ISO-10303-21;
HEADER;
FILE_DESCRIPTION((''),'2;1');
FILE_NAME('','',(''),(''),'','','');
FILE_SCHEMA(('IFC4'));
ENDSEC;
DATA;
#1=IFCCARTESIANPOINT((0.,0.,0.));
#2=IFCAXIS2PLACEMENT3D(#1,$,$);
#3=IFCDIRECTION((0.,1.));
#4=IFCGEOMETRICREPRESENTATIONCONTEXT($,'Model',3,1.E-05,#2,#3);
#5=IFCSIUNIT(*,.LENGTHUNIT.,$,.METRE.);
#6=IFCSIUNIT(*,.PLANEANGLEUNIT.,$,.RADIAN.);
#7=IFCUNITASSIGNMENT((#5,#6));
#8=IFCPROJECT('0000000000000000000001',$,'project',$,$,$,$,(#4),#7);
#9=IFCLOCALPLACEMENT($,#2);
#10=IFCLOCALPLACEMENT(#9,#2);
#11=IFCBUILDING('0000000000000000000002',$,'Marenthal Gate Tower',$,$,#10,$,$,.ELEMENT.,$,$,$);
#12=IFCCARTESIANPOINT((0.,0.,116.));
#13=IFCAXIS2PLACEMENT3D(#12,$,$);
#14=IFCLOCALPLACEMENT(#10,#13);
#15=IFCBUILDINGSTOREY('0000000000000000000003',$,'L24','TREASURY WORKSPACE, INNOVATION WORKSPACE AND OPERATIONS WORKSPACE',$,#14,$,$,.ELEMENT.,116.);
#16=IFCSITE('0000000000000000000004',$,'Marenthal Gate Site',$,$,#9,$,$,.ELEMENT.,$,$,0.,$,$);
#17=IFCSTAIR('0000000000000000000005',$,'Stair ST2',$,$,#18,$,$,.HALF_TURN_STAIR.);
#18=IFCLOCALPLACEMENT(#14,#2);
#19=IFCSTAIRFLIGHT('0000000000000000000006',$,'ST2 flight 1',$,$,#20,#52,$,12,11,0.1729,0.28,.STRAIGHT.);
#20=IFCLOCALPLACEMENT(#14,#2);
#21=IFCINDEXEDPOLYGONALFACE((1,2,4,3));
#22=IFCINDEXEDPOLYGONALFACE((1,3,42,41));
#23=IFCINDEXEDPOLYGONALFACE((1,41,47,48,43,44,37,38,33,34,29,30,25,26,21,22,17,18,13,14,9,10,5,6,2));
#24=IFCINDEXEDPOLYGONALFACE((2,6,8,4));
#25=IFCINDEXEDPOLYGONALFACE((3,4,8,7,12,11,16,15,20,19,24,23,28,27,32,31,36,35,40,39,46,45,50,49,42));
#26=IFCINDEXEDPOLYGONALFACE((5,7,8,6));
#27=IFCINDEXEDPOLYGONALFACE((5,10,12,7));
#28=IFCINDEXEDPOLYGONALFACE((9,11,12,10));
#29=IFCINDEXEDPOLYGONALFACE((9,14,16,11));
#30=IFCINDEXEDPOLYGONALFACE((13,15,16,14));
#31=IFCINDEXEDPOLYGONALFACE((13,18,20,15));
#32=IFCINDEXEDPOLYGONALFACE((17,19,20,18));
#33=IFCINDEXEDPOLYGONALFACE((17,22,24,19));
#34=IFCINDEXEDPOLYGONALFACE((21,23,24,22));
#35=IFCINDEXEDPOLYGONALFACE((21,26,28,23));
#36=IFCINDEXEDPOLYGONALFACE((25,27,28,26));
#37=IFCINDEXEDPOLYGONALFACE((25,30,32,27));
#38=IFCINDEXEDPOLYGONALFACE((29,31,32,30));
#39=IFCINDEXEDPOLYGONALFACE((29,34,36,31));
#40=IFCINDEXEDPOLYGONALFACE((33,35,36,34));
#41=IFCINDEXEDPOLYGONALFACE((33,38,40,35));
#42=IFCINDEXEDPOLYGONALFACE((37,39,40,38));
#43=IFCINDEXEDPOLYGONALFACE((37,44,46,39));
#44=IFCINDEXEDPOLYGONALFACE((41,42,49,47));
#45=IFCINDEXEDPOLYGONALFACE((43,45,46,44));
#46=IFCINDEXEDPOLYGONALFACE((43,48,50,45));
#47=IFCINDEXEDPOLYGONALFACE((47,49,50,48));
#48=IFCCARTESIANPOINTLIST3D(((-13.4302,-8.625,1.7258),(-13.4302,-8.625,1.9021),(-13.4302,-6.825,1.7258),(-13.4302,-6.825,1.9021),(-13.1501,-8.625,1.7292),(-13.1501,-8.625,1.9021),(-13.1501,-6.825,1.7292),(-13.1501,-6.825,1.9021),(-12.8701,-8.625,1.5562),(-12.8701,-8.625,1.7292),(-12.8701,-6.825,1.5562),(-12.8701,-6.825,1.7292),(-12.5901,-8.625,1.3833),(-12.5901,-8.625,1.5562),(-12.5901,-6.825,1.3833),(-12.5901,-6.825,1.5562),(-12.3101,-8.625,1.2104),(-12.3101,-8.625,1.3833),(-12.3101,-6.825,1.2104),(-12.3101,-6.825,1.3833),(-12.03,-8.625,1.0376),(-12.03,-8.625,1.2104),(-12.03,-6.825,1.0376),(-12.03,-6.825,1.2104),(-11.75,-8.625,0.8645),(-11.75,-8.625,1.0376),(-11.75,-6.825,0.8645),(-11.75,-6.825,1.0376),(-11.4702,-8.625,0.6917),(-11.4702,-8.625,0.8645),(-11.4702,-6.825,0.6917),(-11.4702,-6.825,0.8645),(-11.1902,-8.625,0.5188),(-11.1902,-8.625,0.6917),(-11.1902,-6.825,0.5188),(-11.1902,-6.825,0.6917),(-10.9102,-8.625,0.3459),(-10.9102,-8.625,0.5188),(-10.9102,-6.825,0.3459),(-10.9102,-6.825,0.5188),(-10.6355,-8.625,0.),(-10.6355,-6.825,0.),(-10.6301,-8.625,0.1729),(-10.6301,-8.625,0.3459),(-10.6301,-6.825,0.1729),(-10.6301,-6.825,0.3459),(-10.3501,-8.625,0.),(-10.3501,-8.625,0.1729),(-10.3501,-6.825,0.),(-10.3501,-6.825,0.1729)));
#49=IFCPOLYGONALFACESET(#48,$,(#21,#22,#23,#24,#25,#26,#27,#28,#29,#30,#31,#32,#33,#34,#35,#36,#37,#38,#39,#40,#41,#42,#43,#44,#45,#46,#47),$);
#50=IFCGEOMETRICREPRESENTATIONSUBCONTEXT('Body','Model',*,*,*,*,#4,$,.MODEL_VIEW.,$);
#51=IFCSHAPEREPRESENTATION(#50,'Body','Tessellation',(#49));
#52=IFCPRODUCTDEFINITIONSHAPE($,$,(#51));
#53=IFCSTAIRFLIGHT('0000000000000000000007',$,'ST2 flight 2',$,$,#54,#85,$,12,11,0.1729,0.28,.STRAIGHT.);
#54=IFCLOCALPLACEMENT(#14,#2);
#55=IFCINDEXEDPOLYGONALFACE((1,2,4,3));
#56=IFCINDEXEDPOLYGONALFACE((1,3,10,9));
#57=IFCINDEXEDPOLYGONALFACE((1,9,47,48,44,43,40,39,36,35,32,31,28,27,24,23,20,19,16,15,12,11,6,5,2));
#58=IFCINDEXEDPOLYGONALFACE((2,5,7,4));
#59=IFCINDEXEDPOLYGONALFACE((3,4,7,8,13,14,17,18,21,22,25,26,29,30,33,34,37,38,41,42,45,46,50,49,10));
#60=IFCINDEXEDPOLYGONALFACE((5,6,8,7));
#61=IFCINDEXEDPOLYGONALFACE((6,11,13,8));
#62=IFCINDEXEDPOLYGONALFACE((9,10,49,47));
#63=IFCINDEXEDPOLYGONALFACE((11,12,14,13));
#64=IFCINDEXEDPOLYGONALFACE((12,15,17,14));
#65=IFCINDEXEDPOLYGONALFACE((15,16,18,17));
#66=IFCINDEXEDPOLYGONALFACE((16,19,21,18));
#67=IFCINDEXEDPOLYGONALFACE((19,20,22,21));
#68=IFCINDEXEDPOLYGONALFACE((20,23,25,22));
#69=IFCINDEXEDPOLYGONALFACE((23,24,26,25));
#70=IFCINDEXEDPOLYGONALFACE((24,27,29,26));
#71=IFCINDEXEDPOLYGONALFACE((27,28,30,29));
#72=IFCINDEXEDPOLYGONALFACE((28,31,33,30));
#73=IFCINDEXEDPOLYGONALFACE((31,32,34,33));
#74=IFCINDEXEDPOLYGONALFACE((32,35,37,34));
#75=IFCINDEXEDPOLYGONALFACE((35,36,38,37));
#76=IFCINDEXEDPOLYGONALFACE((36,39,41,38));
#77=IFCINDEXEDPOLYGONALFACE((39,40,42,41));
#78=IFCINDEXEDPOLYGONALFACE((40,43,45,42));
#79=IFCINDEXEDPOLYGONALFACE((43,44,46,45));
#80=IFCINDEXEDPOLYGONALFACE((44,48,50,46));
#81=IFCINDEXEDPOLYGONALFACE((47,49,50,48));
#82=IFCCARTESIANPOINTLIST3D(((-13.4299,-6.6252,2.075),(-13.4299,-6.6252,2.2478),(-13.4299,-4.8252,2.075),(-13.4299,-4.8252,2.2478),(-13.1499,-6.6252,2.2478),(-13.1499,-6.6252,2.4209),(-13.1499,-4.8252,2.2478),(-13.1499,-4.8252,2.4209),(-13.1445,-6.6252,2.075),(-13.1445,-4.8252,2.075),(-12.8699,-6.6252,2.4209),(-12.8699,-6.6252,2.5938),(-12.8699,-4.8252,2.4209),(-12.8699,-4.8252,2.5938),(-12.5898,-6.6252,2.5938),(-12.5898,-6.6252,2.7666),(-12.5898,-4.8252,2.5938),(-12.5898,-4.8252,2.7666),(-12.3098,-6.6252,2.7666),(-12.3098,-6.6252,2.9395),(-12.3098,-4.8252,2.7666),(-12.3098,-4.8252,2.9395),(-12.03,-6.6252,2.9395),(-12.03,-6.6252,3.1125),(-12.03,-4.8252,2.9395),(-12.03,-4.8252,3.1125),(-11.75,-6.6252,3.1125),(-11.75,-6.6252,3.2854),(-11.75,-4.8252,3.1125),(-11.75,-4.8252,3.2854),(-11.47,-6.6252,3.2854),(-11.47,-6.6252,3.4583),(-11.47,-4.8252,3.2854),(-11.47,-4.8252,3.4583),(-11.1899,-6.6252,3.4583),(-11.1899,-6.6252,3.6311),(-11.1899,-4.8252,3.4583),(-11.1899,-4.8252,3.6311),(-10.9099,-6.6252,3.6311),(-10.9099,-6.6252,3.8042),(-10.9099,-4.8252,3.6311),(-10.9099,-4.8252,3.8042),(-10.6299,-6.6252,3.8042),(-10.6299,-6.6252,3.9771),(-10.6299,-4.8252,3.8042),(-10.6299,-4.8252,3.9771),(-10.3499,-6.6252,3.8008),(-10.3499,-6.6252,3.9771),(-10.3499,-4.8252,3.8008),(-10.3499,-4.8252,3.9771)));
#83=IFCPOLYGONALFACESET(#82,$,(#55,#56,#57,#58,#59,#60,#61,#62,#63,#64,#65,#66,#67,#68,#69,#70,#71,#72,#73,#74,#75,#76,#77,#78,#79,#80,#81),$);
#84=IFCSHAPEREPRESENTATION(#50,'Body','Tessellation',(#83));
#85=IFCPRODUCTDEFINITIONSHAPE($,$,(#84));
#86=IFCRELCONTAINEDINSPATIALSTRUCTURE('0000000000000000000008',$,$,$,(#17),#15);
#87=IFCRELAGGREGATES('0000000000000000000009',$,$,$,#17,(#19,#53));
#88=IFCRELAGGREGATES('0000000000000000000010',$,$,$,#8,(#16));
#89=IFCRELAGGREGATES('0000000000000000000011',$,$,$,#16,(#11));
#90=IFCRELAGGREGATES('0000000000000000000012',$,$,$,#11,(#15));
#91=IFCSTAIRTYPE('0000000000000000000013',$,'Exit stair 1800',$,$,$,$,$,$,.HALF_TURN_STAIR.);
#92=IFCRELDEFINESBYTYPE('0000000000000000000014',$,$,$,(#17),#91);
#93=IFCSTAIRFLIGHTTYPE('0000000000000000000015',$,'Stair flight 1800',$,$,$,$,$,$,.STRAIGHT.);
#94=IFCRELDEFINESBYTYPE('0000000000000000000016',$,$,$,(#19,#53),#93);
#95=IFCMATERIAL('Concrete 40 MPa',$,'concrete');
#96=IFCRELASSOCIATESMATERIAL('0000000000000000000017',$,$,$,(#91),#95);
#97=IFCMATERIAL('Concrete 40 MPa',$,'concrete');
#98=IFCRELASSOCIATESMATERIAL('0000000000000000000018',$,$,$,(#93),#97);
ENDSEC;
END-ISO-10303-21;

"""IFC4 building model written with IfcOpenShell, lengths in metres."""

from ifc_helpers import new_model, si_unit, direction, frame, origin, place, context, subcontext, project, spatial, polyline, outline, extrude, material, type_object, element, aggregate, save


model = new_model("IFC4")

# Units and contexts
model_context = context("Model", 3, precision=1e-05, world=origin(), true_north=direction((0.0, 1.0)))
body_context = subcontext(model_context, "Body", "Model", "MODEL_VIEW")
ifc_project = project(units=[si_unit("LENGTHUNIT", "METRE"), si_unit("PLANEANGLEUNIT", "RADIAN")], contexts=[model_context])

# Site, building, storey
site_placement = place(None, origin())
site = spatial("IfcSite", under=ifc_project, at=site_placement, Name="Marenthal Gate Site", CompositionType="ELEMENT", RefElevation=0.0)
building_placement = place(site_placement, origin())
building = spatial("IfcBuilding", under=site, at=building_placement, Name="Marenthal Gate Tower", CompositionType="ELEMENT")
storey_placement = place(building_placement, frame((0.0, 0.0, 116.0)))
storey = spatial("IfcBuildingStorey", under=building, at=storey_placement, Name="L24", Description="TREASURY WORKSPACE, INNOVATION WORKSPACE AND OPERATIONS WORKSPACE", CompositionType="ELEMENT", Elevation=116.0)

# Stair, stair flights
ifc_material_1 = material(Name="Concrete 40 MPa", Category="concrete")
stair_type = type_object("IfcStairType", Name="Exit stair 1800", PredefinedType="HALF_TURN_STAIR", material=ifc_material_1)
stair_placement = place(storey_placement, origin())
stair = element("IfcStair", 1, at=stair_placement, inside=storey, type_object=stair_type, Name="Stair ST2", PredefinedType="HALF_TURN_STAIR")
ifc_material_2 = material(Name="Concrete 40 MPa", Category="concrete")
stair_flight_type = type_object("IfcStairFlightType", Name="Stair flight 1800", PredefinedType="STRAIGHT", material=ifc_material_2)
stair_flight_1_placement = place(storey_placement, frame((-10.3501, -7.7251, 0.0), z_axis=(0.0, 0.0, 1.0), x_axis=(-1.0, 0.0, 0.0)))
stair_flight_1 = element("IfcStairFlight", 2, at=stair_flight_1_placement, type_object=stair_flight_type, Name="ST2 flight 1", NumberOfRisers=12, NumberOfTreads=11, PredefinedType="STRAIGHT", RiserHeight=0.1729, TreadLength=0.28, context=body_context, shape_type="SweptSolid", body=[
    extrude(outline(polyline([(0.0, 0.0), (0.0, 0.1729), (0.28, 0.1729), (0.28, 0.3459), (0.5601, 0.3459), (0.5601, 0.5188), (0.8401, 0.5188), (0.8401, 0.6917), (1.1201, 0.6917), (1.1201, 0.8645), (1.3999, 0.8645), (1.3999, 1.0376), (1.6799, 1.0376), (1.6799, 1.2104), (1.96, 1.2104), (1.96, 1.3833), (2.24, 1.3833), (2.24, 1.5562), (2.52, 1.5562), (2.52, 1.7292), (2.8, 1.7292), (2.8, 1.9021), (3.0801, 1.9021), (3.0801, 2.075), (3.0801, 1.7258), (0.2854, 0.0), (0.0, 0.0)])), frame((0.0, 0.8999, 0.0), z_axis=(0.0, -1.0, 0.0), x_axis=(1.0, 0.0, 0.0)), (0.0, 0.0, 1.0), 1.8),
])
stair_flight_2_placement = place(storey_placement, frame((-13.4299, -5.7251, 2.075), z_axis=(0.0, 0.0, 1.0), x_axis=(1.0, 0.0, 0.0)))
stair_flight_2 = element("IfcStairFlight", 3, at=stair_flight_2_placement, type_object=stair_flight_type, Name="ST2 flight 2", NumberOfRisers=12, NumberOfTreads=11, PredefinedType="STRAIGHT", RiserHeight=0.1729, TreadLength=0.28, context=body_context, shape_type="SweptSolid", body=[
    extrude(outline(polyline([(0.0, 0.0), (0.0, 0.1729), (0.28, 0.1729), (0.28, 0.3459), (0.5601, 0.3459), (0.5601, 0.5188), (0.8401, 0.5188), (0.8401, 0.6917), (1.1201, 0.6917), (1.1201, 0.8645), (1.3999, 0.8645), (1.3999, 1.0376), (1.6799, 1.0376), (1.6799, 1.2104), (1.96, 1.2104), (1.96, 1.3833), (2.24, 1.3833), (2.24, 1.5562), (2.52, 1.5562), (2.52, 1.7292), (2.8, 1.7292), (2.8, 1.9021), (3.0801, 1.9021), (3.0801, 2.075), (3.0801, 1.7258), (0.2854, 0.0), (0.0, 0.0)])), frame((0.0, 0.8999, 0.0), z_axis=(0.0, -1.0, 0.0), x_axis=(1.0, 0.0, 0.0)), (0.0, 0.0, 1.0), 1.8),
])
aggregate(stair, [stair_flight_1, stair_flight_2])

save(model, "model.ifc")
